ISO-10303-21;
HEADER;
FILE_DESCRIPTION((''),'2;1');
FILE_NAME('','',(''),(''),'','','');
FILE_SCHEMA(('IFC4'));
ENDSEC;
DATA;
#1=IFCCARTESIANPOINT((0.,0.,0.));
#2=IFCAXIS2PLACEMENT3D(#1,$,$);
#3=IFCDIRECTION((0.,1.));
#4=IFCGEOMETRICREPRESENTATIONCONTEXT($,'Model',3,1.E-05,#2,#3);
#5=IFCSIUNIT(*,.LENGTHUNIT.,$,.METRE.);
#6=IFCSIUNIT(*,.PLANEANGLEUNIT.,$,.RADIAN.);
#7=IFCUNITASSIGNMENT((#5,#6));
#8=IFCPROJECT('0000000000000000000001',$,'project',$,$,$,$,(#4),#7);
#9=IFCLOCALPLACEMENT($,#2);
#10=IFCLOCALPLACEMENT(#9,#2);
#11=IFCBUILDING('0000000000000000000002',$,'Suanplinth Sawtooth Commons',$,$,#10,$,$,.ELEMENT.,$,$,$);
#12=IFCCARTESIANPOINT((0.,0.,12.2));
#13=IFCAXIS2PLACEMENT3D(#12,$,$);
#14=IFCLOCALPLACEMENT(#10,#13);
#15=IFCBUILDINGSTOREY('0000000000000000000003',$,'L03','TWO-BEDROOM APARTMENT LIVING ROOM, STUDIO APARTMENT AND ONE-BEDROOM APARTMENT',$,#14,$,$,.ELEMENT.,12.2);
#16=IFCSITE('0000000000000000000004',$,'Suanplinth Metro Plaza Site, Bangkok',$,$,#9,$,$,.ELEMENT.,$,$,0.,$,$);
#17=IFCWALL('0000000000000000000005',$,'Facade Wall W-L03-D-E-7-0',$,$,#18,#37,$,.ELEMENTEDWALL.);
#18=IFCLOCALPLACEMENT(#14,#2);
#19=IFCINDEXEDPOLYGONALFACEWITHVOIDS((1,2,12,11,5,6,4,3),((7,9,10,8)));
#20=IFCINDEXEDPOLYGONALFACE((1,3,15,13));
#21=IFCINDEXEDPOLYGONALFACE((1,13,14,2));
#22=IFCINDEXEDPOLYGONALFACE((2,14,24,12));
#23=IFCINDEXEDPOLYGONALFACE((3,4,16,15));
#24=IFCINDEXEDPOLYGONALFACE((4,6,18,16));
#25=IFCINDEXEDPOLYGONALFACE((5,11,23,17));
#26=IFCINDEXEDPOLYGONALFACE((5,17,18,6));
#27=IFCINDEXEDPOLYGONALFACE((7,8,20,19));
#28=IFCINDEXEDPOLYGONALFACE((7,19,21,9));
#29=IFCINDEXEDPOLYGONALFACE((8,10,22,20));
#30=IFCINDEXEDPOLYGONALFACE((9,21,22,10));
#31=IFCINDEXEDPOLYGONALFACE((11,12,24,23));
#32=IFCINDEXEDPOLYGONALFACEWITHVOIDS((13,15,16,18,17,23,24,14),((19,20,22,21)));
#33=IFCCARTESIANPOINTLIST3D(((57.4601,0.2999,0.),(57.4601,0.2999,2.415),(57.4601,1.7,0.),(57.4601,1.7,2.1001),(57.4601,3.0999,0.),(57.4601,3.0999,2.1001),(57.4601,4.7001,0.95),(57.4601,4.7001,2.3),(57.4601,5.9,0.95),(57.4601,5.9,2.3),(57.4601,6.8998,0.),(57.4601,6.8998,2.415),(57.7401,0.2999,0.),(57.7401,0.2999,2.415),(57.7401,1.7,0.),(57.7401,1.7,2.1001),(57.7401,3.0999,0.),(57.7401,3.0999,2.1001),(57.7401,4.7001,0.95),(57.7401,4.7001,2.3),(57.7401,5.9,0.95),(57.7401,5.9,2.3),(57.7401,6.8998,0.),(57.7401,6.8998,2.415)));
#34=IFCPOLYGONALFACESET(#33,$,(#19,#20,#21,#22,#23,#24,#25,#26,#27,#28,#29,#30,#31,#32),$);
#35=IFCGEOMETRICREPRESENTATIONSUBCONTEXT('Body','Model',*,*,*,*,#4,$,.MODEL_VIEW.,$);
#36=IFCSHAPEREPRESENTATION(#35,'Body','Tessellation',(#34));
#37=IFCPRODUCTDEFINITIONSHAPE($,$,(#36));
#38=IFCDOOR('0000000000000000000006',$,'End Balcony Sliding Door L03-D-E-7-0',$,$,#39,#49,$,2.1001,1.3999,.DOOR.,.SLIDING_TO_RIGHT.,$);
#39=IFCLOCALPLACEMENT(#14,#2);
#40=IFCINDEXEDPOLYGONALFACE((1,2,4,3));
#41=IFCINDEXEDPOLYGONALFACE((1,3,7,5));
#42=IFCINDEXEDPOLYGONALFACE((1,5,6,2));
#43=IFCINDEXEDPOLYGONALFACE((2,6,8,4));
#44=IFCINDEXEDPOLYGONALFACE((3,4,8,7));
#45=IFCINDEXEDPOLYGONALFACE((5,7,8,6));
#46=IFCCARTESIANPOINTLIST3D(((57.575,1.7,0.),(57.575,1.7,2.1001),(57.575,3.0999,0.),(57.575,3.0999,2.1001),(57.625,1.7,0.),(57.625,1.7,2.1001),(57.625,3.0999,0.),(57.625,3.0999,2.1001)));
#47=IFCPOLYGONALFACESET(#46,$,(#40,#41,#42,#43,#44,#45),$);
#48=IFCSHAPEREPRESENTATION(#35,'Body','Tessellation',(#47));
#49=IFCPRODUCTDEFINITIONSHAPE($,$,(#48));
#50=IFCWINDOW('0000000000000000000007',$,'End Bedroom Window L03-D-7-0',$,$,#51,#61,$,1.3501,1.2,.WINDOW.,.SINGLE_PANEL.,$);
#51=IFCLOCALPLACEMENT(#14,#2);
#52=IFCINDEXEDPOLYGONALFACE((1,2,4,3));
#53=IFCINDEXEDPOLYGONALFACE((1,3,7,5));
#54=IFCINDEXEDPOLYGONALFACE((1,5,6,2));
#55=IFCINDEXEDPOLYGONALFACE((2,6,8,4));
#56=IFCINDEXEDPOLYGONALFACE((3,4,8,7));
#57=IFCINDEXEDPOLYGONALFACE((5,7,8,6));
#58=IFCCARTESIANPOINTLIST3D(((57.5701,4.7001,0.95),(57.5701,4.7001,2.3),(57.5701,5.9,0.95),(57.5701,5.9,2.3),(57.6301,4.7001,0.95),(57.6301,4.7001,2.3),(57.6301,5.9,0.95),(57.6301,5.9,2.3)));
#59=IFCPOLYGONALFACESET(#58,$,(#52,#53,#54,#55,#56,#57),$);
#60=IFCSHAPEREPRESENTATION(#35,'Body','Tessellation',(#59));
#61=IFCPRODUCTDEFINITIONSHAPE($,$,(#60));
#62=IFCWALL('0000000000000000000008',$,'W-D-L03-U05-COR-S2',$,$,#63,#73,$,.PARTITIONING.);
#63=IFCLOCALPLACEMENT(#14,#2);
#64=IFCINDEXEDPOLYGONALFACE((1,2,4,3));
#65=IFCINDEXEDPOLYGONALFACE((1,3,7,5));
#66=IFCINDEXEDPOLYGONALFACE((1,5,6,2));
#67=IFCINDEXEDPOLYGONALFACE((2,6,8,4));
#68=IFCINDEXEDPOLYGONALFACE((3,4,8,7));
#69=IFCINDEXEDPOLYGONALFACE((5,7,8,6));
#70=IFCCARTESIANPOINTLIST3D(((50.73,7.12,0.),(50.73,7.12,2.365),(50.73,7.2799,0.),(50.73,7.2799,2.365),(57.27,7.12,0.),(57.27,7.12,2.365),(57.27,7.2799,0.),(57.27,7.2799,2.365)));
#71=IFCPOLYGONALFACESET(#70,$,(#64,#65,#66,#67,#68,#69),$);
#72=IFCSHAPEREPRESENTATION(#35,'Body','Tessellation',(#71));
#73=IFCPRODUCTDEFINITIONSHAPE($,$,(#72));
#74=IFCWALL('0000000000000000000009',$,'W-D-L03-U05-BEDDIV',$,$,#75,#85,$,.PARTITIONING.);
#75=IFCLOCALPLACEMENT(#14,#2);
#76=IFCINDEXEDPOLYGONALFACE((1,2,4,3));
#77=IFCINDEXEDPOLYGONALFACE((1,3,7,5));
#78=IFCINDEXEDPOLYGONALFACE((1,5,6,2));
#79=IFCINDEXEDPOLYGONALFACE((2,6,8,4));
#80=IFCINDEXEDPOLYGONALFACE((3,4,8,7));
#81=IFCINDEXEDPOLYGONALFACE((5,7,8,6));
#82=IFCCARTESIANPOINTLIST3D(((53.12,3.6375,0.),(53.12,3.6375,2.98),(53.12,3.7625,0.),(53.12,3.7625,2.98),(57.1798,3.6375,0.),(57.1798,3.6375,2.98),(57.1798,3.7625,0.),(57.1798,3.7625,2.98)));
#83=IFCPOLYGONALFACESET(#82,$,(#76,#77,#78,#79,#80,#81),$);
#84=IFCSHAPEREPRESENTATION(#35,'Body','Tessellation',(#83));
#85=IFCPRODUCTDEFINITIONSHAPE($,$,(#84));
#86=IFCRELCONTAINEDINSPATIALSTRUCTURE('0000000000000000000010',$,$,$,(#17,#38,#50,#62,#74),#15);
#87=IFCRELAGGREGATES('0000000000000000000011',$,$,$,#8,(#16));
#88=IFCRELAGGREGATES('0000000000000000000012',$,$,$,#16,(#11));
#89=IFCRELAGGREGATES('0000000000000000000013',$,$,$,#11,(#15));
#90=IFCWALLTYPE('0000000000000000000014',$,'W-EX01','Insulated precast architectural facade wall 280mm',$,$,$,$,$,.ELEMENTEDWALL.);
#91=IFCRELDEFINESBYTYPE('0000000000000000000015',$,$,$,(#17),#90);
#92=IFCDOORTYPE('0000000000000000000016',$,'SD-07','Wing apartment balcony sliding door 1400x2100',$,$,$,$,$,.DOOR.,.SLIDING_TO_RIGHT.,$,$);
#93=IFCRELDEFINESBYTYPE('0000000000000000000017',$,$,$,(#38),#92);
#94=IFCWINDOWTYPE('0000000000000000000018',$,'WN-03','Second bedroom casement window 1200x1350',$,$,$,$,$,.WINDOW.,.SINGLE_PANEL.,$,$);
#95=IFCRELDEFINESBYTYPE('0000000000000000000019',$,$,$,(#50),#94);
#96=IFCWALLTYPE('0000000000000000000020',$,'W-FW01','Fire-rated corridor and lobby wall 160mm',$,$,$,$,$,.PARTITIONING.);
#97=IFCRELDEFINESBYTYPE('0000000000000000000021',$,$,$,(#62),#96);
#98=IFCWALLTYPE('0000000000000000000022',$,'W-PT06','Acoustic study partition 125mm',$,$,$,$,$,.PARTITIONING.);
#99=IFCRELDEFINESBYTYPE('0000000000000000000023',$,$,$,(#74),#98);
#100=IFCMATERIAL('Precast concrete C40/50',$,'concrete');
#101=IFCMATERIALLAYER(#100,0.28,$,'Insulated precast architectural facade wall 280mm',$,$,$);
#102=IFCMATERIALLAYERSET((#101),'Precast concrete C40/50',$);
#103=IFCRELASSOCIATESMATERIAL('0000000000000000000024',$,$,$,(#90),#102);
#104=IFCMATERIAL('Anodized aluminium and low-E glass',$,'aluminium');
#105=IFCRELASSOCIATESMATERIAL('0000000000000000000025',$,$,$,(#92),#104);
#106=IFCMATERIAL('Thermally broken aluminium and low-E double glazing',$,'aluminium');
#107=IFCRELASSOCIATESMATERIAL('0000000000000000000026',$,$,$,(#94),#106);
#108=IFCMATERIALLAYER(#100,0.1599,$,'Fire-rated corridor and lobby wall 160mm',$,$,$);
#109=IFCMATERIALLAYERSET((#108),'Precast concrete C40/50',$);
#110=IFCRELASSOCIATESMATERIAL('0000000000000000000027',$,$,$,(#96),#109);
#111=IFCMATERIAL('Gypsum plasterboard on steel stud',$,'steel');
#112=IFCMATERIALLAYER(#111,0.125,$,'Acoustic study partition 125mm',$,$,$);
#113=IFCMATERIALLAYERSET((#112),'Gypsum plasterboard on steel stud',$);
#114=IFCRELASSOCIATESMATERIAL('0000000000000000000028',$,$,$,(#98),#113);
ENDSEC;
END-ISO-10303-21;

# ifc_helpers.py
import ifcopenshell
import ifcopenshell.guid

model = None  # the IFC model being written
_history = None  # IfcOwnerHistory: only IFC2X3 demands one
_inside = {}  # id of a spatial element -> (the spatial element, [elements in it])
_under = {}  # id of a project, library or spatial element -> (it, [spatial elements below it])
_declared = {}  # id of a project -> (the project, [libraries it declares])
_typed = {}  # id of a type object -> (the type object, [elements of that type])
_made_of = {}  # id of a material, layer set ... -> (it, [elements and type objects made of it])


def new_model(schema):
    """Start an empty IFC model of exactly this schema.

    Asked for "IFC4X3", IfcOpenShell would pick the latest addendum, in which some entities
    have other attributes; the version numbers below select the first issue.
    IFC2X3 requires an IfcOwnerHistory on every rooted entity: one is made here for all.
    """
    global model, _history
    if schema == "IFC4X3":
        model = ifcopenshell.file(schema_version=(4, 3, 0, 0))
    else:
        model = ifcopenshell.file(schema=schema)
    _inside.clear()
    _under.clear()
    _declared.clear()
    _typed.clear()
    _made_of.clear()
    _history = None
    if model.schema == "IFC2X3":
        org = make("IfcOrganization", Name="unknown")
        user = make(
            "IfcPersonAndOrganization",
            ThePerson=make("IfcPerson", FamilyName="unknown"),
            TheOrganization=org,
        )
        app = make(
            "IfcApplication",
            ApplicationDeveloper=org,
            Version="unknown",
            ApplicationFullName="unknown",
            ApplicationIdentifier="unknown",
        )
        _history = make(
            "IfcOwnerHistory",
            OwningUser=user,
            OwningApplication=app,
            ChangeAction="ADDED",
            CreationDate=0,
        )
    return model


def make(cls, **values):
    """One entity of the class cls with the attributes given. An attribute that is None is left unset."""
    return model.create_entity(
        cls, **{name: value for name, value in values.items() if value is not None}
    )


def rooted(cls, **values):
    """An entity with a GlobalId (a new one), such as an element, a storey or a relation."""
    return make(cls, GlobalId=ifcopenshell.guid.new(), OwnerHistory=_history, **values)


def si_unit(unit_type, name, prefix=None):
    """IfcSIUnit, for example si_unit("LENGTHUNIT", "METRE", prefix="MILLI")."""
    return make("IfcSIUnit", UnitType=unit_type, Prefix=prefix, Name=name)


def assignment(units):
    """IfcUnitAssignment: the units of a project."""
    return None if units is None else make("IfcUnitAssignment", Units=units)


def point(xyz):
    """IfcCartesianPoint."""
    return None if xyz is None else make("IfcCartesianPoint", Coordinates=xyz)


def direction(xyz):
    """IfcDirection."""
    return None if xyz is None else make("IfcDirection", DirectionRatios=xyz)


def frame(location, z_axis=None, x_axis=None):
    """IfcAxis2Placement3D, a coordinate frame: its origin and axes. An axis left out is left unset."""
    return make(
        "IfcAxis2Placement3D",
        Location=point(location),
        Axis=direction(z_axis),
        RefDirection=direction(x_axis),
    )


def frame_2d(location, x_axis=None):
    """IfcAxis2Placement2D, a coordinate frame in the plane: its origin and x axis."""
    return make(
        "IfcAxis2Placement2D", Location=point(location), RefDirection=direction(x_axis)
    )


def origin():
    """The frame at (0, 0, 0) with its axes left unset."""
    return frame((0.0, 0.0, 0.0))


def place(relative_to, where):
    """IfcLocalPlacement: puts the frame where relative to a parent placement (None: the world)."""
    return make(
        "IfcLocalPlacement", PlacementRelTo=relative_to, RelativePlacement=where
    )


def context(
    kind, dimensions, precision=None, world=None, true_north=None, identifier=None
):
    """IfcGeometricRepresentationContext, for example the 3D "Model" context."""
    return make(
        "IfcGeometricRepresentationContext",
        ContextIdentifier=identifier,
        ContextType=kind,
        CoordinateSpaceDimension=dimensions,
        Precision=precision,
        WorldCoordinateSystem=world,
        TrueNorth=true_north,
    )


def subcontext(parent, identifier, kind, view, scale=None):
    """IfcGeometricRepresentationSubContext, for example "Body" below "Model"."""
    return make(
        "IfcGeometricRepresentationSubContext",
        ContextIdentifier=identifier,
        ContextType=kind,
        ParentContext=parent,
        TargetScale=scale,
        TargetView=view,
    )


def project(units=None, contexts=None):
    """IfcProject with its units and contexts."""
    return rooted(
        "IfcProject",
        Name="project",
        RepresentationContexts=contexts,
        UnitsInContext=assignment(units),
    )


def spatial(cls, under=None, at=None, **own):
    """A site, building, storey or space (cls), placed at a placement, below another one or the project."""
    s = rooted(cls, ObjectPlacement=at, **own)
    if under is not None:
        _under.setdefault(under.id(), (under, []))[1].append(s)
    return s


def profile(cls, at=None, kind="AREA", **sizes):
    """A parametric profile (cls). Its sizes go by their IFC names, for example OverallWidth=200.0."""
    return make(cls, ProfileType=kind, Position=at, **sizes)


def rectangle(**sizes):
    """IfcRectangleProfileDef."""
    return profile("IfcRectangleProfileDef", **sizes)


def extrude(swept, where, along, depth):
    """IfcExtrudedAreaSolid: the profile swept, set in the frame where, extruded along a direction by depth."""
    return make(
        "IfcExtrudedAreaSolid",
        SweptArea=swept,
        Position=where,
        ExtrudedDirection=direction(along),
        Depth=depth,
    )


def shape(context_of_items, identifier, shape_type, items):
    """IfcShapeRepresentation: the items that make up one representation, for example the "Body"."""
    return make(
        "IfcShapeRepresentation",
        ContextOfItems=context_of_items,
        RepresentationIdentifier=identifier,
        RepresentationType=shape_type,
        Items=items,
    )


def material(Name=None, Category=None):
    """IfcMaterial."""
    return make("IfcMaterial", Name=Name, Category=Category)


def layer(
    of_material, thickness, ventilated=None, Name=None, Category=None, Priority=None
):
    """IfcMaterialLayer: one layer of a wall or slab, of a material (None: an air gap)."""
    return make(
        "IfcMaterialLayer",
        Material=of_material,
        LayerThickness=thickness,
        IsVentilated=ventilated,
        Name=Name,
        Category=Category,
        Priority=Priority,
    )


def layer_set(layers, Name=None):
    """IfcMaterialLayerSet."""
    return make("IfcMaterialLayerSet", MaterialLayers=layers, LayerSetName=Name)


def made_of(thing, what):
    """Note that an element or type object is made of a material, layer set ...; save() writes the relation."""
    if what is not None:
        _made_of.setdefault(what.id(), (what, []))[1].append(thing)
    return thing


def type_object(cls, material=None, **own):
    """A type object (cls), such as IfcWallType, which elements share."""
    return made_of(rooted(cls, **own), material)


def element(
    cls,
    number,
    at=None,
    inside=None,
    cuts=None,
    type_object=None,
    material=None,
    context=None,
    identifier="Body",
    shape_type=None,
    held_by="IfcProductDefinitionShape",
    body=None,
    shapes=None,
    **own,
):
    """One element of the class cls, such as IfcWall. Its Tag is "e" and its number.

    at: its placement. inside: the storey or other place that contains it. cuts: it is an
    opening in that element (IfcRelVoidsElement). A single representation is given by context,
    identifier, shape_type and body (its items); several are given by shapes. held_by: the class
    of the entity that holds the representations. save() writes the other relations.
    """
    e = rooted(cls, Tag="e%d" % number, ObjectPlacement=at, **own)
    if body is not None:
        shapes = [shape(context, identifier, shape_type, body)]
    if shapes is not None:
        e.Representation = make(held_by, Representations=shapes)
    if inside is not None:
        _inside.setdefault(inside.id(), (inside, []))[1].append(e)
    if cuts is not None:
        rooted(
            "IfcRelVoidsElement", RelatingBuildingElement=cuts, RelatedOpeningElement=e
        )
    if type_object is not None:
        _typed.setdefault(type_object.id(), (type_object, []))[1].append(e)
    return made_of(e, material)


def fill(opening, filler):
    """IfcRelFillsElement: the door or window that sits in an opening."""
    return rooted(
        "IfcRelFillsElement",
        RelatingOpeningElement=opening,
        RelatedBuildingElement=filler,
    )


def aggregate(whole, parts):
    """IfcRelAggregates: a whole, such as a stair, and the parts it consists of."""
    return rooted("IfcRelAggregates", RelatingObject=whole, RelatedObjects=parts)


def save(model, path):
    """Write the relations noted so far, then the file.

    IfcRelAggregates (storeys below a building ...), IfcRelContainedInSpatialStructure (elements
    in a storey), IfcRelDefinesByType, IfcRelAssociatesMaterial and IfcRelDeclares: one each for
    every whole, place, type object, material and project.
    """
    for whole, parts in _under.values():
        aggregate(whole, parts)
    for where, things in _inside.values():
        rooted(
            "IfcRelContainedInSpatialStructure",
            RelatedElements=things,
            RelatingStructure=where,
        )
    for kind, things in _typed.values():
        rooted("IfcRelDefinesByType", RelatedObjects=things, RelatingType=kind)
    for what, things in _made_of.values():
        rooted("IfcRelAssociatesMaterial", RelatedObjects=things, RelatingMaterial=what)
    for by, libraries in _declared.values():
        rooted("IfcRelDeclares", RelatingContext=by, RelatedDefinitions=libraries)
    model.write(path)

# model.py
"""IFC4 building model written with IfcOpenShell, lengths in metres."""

from ifc_helpers import new_model, si_unit, direction, frame, frame_2d, origin, place, context, subcontext, project, spatial, rectangle, extrude, material, layer, layer_set, type_object, element, fill, save


model = new_model("IFC4")

# Units and contexts
model_context = context("Model", 3, precision=1e-05, world=origin(), true_north=direction((0.0, 1.0)))
body_context = subcontext(model_context, "Body", "Model", "MODEL_VIEW")
ifc_project = project(units=[si_unit("LENGTHUNIT", "METRE"), si_unit("PLANEANGLEUNIT", "RADIAN")], contexts=[model_context])

# Site, building, storey
site_placement = place(None, origin())
site = spatial("IfcSite", under=ifc_project, at=site_placement, Name="Suanplinth Metro Plaza Site, Bangkok", CompositionType="ELEMENT", RefElevation=0.0)
building_placement = place(site_placement, origin())
building = spatial("IfcBuilding", under=site, at=building_placement, Name="Suanplinth Sawtooth Commons", CompositionType="ELEMENT")
storey_placement = place(building_placement, frame((0.0, 0.0, 12.2)))
storey = spatial("IfcBuildingStorey", under=building, at=storey_placement, Name="L03", Description="TWO-BEDROOM APARTMENT LIVING ROOM, STUDIO APARTMENT AND ONE-BEDROOM APARTMENT", CompositionType="ELEMENT", Elevation=12.2)

# Shared definitions
ifc_material_1 = material(Name="Precast concrete C40/50", Category="concrete")

# Wall, openings, door, window
ifc_layer_1 = layer(ifc_material_1, 0.28, Name="Insulated precast architectural facade wall 280mm")
ifc_layer_set_1 = layer_set([ifc_layer_1], Name="Precast concrete C40/50")
wall_type_1 = type_object("IfcWallType", Name="W-EX01", Description="Insulated precast architectural facade wall 280mm", PredefinedType="ELEMENTEDWALL", material=ifc_layer_set_1)
ifc_material_2 = material(Name="Anodized aluminium and low-E glass", Category="aluminium")
door_type_1 = type_object("IfcDoorType", Name="SD-07", Description="Wing apartment balcony sliding door 1400x2100", OperationType="SLIDING_TO_RIGHT", PredefinedType="DOOR", material=ifc_material_2)
ifc_material_3 = material(Name="Thermally broken aluminium and low-E double glazing", Category="aluminium")
wall_1_placement = place(storey_placement, frame((57.6001, 0.3, 0.0), z_axis=(0.0, 0.0, 1.0), x_axis=(0.0, 1.0, 0.0)))
wall_1 = element("IfcWall", 1, at=wall_1_placement, inside=storey, type_object=wall_type_1, Name="Facade Wall W-L03-D-E-7-0", PredefinedType="ELEMENTEDWALL", context=body_context, shape_type="SweptSolid", body=[
    extrude(rectangle(XDim=6.5999, YDim=0.28, at=frame_2d((3.2998, 0.0))), origin(), (0.0, 0.0, 1.0), 2.415),
])
opening_1_placement = place(wall_1_placement, frame((1.3999, 0.0, 0.0)))
opening_1 = element("IfcOpeningElement", 2, at=opening_1_placement, cuts=wall_1, PredefinedType="OPENING", context=body_context, shape_type="SweptSolid", body=[
    extrude(rectangle(XDim=1.3999, YDim=2.1001, at=frame_2d((0.7, 1.05))), frame((0.0, 0.1548, 0.0), z_axis=(0.0, -1.0, 0.0), x_axis=(1.0, 0.0, 0.0)), (0.0, 0.0, 1.0), 0.3098),
])
opening_2_placement = place(wall_1_placement, frame((4.3999, 0.0, 0.95)))
opening_2 = element("IfcOpeningElement", 3, at=opening_2_placement, cuts=wall_1, PredefinedType="OPENING", context=body_context, shape_type="SweptSolid", body=[
    extrude(rectangle(XDim=1.2, YDim=1.3501, at=frame_2d((0.6001, 0.675))), frame((0.0, 0.1548, 0.0), z_axis=(0.0, -1.0, 0.0), x_axis=(1.0, 0.0, 0.0)), (0.0, 0.0, 1.0), 0.3098),
])
door_1_placement = place(opening_1_placement, frame((1.3999, 0.0, 0.0), z_axis=(0.0, 0.0, 1.0), x_axis=(-1.0, 0.0, 0.0)))
door_1 = element("IfcDoor", 4, at=door_1_placement, inside=storey, type_object=door_type_1, Name="End Balcony Sliding Door L03-D-E-7-0", OperationType="SLIDING_TO_RIGHT", OverallHeight=2.1001, OverallWidth=1.3999, PredefinedType="DOOR", context=body_context, shape_type="SweptSolid", body=[
    extrude(rectangle(XDim=1.3999, YDim=2.1001, at=frame_2d((0.7, 1.05))), frame((0.0, 0.0249, 0.0), z_axis=(0.0, -1.0, 0.0), x_axis=(1.0, 0.0, 0.0)), (0.0, 0.0, 1.0), 0.05),
])
fill(opening_1, door_1)
window_type_1 = type_object("IfcWindowType", Name="WN-03", Description="Second bedroom casement window 1200x1350", PartitioningType="SINGLE_PANEL", PredefinedType="WINDOW", material=ifc_material_3)
window_1_placement = place(opening_2_placement, origin())
window_1 = element("IfcWindow", 5, at=window_1_placement, inside=storey, type_object=window_type_1, Name="End Bedroom Window L03-D-7-0", OverallHeight=1.3501, OverallWidth=1.2, PartitioningType="SINGLE_PANEL", PredefinedType="WINDOW", context=body_context, shape_type="SweptSolid", body=[
    extrude(rectangle(XDim=1.2, YDim=1.3501, at=frame_2d((0.6001, 0.675))), frame((0.0, 0.03, 0.0), z_axis=(0.0, -1.0, 0.0), x_axis=(1.0, 0.0, 0.0)), (0.0, 0.0, 1.0), 0.0601),
])
fill(opening_2, window_1)

# Wall
ifc_layer_2 = layer(ifc_material_1, 0.1599, Name="Fire-rated corridor and lobby wall 160mm")
ifc_layer_set_2 = layer_set([ifc_layer_2], Name="Precast concrete C40/50")
wall_type_2 = type_object("IfcWallType", Name="W-FW01", Description="Fire-rated corridor and lobby wall 160mm", PredefinedType="PARTITIONING", material=ifc_layer_set_2)
wall_2_placement = place(storey_placement, frame((50.73, 7.2, 0.0), z_axis=(0.0, 0.0, 1.0), x_axis=(1.0, 0.0, 0.0)))
element("IfcWall", 6, at=wall_2_placement, inside=storey, type_object=wall_type_2, Name="W-D-L03-U05-COR-S2", PredefinedType="PARTITIONING", context=body_context, shape_type="SweptSolid", body=[
    extrude(rectangle(XDim=6.54, YDim=0.1599, at=frame_2d((3.27, 0.0))), origin(), (0.0, 0.0, 1.0), 2.365),
])

# Shared definitions
ifc_material_4 = material(Name="Gypsum plasterboard on steel stud", Category="steel")

# Wall
ifc_layer_3 = layer(ifc_material_4, 0.125, Name="Acoustic study partition 125mm")
ifc_layer_set_3 = layer_set([ifc_layer_3], Name="Gypsum plasterboard on steel stud")
wall_type_3 = type_object("IfcWallType", Name="W-PT06", Description="Acoustic study partition 125mm", PredefinedType="PARTITIONING", material=ifc_layer_set_3)
wall_3_placement = place(storey_placement, frame((53.1201, 3.7, 0.0), z_axis=(0.0, 0.0, 1.0), x_axis=(1.0, 0.0, 0.0)))
element("IfcWall", 7, at=wall_3_placement, inside=storey, type_object=wall_type_3, Name="W-D-L03-U05-BEDDIV", PredefinedType="PARTITIONING", context=body_context, shape_type="SweptSolid", body=[
    extrude(rectangle(XDim=4.0598, YDim=0.125, at=frame_2d((2.0298, 0.0))), origin(), (0.0, 0.0, 1.0), 2.98),
])

save(model, "model.ifc")
